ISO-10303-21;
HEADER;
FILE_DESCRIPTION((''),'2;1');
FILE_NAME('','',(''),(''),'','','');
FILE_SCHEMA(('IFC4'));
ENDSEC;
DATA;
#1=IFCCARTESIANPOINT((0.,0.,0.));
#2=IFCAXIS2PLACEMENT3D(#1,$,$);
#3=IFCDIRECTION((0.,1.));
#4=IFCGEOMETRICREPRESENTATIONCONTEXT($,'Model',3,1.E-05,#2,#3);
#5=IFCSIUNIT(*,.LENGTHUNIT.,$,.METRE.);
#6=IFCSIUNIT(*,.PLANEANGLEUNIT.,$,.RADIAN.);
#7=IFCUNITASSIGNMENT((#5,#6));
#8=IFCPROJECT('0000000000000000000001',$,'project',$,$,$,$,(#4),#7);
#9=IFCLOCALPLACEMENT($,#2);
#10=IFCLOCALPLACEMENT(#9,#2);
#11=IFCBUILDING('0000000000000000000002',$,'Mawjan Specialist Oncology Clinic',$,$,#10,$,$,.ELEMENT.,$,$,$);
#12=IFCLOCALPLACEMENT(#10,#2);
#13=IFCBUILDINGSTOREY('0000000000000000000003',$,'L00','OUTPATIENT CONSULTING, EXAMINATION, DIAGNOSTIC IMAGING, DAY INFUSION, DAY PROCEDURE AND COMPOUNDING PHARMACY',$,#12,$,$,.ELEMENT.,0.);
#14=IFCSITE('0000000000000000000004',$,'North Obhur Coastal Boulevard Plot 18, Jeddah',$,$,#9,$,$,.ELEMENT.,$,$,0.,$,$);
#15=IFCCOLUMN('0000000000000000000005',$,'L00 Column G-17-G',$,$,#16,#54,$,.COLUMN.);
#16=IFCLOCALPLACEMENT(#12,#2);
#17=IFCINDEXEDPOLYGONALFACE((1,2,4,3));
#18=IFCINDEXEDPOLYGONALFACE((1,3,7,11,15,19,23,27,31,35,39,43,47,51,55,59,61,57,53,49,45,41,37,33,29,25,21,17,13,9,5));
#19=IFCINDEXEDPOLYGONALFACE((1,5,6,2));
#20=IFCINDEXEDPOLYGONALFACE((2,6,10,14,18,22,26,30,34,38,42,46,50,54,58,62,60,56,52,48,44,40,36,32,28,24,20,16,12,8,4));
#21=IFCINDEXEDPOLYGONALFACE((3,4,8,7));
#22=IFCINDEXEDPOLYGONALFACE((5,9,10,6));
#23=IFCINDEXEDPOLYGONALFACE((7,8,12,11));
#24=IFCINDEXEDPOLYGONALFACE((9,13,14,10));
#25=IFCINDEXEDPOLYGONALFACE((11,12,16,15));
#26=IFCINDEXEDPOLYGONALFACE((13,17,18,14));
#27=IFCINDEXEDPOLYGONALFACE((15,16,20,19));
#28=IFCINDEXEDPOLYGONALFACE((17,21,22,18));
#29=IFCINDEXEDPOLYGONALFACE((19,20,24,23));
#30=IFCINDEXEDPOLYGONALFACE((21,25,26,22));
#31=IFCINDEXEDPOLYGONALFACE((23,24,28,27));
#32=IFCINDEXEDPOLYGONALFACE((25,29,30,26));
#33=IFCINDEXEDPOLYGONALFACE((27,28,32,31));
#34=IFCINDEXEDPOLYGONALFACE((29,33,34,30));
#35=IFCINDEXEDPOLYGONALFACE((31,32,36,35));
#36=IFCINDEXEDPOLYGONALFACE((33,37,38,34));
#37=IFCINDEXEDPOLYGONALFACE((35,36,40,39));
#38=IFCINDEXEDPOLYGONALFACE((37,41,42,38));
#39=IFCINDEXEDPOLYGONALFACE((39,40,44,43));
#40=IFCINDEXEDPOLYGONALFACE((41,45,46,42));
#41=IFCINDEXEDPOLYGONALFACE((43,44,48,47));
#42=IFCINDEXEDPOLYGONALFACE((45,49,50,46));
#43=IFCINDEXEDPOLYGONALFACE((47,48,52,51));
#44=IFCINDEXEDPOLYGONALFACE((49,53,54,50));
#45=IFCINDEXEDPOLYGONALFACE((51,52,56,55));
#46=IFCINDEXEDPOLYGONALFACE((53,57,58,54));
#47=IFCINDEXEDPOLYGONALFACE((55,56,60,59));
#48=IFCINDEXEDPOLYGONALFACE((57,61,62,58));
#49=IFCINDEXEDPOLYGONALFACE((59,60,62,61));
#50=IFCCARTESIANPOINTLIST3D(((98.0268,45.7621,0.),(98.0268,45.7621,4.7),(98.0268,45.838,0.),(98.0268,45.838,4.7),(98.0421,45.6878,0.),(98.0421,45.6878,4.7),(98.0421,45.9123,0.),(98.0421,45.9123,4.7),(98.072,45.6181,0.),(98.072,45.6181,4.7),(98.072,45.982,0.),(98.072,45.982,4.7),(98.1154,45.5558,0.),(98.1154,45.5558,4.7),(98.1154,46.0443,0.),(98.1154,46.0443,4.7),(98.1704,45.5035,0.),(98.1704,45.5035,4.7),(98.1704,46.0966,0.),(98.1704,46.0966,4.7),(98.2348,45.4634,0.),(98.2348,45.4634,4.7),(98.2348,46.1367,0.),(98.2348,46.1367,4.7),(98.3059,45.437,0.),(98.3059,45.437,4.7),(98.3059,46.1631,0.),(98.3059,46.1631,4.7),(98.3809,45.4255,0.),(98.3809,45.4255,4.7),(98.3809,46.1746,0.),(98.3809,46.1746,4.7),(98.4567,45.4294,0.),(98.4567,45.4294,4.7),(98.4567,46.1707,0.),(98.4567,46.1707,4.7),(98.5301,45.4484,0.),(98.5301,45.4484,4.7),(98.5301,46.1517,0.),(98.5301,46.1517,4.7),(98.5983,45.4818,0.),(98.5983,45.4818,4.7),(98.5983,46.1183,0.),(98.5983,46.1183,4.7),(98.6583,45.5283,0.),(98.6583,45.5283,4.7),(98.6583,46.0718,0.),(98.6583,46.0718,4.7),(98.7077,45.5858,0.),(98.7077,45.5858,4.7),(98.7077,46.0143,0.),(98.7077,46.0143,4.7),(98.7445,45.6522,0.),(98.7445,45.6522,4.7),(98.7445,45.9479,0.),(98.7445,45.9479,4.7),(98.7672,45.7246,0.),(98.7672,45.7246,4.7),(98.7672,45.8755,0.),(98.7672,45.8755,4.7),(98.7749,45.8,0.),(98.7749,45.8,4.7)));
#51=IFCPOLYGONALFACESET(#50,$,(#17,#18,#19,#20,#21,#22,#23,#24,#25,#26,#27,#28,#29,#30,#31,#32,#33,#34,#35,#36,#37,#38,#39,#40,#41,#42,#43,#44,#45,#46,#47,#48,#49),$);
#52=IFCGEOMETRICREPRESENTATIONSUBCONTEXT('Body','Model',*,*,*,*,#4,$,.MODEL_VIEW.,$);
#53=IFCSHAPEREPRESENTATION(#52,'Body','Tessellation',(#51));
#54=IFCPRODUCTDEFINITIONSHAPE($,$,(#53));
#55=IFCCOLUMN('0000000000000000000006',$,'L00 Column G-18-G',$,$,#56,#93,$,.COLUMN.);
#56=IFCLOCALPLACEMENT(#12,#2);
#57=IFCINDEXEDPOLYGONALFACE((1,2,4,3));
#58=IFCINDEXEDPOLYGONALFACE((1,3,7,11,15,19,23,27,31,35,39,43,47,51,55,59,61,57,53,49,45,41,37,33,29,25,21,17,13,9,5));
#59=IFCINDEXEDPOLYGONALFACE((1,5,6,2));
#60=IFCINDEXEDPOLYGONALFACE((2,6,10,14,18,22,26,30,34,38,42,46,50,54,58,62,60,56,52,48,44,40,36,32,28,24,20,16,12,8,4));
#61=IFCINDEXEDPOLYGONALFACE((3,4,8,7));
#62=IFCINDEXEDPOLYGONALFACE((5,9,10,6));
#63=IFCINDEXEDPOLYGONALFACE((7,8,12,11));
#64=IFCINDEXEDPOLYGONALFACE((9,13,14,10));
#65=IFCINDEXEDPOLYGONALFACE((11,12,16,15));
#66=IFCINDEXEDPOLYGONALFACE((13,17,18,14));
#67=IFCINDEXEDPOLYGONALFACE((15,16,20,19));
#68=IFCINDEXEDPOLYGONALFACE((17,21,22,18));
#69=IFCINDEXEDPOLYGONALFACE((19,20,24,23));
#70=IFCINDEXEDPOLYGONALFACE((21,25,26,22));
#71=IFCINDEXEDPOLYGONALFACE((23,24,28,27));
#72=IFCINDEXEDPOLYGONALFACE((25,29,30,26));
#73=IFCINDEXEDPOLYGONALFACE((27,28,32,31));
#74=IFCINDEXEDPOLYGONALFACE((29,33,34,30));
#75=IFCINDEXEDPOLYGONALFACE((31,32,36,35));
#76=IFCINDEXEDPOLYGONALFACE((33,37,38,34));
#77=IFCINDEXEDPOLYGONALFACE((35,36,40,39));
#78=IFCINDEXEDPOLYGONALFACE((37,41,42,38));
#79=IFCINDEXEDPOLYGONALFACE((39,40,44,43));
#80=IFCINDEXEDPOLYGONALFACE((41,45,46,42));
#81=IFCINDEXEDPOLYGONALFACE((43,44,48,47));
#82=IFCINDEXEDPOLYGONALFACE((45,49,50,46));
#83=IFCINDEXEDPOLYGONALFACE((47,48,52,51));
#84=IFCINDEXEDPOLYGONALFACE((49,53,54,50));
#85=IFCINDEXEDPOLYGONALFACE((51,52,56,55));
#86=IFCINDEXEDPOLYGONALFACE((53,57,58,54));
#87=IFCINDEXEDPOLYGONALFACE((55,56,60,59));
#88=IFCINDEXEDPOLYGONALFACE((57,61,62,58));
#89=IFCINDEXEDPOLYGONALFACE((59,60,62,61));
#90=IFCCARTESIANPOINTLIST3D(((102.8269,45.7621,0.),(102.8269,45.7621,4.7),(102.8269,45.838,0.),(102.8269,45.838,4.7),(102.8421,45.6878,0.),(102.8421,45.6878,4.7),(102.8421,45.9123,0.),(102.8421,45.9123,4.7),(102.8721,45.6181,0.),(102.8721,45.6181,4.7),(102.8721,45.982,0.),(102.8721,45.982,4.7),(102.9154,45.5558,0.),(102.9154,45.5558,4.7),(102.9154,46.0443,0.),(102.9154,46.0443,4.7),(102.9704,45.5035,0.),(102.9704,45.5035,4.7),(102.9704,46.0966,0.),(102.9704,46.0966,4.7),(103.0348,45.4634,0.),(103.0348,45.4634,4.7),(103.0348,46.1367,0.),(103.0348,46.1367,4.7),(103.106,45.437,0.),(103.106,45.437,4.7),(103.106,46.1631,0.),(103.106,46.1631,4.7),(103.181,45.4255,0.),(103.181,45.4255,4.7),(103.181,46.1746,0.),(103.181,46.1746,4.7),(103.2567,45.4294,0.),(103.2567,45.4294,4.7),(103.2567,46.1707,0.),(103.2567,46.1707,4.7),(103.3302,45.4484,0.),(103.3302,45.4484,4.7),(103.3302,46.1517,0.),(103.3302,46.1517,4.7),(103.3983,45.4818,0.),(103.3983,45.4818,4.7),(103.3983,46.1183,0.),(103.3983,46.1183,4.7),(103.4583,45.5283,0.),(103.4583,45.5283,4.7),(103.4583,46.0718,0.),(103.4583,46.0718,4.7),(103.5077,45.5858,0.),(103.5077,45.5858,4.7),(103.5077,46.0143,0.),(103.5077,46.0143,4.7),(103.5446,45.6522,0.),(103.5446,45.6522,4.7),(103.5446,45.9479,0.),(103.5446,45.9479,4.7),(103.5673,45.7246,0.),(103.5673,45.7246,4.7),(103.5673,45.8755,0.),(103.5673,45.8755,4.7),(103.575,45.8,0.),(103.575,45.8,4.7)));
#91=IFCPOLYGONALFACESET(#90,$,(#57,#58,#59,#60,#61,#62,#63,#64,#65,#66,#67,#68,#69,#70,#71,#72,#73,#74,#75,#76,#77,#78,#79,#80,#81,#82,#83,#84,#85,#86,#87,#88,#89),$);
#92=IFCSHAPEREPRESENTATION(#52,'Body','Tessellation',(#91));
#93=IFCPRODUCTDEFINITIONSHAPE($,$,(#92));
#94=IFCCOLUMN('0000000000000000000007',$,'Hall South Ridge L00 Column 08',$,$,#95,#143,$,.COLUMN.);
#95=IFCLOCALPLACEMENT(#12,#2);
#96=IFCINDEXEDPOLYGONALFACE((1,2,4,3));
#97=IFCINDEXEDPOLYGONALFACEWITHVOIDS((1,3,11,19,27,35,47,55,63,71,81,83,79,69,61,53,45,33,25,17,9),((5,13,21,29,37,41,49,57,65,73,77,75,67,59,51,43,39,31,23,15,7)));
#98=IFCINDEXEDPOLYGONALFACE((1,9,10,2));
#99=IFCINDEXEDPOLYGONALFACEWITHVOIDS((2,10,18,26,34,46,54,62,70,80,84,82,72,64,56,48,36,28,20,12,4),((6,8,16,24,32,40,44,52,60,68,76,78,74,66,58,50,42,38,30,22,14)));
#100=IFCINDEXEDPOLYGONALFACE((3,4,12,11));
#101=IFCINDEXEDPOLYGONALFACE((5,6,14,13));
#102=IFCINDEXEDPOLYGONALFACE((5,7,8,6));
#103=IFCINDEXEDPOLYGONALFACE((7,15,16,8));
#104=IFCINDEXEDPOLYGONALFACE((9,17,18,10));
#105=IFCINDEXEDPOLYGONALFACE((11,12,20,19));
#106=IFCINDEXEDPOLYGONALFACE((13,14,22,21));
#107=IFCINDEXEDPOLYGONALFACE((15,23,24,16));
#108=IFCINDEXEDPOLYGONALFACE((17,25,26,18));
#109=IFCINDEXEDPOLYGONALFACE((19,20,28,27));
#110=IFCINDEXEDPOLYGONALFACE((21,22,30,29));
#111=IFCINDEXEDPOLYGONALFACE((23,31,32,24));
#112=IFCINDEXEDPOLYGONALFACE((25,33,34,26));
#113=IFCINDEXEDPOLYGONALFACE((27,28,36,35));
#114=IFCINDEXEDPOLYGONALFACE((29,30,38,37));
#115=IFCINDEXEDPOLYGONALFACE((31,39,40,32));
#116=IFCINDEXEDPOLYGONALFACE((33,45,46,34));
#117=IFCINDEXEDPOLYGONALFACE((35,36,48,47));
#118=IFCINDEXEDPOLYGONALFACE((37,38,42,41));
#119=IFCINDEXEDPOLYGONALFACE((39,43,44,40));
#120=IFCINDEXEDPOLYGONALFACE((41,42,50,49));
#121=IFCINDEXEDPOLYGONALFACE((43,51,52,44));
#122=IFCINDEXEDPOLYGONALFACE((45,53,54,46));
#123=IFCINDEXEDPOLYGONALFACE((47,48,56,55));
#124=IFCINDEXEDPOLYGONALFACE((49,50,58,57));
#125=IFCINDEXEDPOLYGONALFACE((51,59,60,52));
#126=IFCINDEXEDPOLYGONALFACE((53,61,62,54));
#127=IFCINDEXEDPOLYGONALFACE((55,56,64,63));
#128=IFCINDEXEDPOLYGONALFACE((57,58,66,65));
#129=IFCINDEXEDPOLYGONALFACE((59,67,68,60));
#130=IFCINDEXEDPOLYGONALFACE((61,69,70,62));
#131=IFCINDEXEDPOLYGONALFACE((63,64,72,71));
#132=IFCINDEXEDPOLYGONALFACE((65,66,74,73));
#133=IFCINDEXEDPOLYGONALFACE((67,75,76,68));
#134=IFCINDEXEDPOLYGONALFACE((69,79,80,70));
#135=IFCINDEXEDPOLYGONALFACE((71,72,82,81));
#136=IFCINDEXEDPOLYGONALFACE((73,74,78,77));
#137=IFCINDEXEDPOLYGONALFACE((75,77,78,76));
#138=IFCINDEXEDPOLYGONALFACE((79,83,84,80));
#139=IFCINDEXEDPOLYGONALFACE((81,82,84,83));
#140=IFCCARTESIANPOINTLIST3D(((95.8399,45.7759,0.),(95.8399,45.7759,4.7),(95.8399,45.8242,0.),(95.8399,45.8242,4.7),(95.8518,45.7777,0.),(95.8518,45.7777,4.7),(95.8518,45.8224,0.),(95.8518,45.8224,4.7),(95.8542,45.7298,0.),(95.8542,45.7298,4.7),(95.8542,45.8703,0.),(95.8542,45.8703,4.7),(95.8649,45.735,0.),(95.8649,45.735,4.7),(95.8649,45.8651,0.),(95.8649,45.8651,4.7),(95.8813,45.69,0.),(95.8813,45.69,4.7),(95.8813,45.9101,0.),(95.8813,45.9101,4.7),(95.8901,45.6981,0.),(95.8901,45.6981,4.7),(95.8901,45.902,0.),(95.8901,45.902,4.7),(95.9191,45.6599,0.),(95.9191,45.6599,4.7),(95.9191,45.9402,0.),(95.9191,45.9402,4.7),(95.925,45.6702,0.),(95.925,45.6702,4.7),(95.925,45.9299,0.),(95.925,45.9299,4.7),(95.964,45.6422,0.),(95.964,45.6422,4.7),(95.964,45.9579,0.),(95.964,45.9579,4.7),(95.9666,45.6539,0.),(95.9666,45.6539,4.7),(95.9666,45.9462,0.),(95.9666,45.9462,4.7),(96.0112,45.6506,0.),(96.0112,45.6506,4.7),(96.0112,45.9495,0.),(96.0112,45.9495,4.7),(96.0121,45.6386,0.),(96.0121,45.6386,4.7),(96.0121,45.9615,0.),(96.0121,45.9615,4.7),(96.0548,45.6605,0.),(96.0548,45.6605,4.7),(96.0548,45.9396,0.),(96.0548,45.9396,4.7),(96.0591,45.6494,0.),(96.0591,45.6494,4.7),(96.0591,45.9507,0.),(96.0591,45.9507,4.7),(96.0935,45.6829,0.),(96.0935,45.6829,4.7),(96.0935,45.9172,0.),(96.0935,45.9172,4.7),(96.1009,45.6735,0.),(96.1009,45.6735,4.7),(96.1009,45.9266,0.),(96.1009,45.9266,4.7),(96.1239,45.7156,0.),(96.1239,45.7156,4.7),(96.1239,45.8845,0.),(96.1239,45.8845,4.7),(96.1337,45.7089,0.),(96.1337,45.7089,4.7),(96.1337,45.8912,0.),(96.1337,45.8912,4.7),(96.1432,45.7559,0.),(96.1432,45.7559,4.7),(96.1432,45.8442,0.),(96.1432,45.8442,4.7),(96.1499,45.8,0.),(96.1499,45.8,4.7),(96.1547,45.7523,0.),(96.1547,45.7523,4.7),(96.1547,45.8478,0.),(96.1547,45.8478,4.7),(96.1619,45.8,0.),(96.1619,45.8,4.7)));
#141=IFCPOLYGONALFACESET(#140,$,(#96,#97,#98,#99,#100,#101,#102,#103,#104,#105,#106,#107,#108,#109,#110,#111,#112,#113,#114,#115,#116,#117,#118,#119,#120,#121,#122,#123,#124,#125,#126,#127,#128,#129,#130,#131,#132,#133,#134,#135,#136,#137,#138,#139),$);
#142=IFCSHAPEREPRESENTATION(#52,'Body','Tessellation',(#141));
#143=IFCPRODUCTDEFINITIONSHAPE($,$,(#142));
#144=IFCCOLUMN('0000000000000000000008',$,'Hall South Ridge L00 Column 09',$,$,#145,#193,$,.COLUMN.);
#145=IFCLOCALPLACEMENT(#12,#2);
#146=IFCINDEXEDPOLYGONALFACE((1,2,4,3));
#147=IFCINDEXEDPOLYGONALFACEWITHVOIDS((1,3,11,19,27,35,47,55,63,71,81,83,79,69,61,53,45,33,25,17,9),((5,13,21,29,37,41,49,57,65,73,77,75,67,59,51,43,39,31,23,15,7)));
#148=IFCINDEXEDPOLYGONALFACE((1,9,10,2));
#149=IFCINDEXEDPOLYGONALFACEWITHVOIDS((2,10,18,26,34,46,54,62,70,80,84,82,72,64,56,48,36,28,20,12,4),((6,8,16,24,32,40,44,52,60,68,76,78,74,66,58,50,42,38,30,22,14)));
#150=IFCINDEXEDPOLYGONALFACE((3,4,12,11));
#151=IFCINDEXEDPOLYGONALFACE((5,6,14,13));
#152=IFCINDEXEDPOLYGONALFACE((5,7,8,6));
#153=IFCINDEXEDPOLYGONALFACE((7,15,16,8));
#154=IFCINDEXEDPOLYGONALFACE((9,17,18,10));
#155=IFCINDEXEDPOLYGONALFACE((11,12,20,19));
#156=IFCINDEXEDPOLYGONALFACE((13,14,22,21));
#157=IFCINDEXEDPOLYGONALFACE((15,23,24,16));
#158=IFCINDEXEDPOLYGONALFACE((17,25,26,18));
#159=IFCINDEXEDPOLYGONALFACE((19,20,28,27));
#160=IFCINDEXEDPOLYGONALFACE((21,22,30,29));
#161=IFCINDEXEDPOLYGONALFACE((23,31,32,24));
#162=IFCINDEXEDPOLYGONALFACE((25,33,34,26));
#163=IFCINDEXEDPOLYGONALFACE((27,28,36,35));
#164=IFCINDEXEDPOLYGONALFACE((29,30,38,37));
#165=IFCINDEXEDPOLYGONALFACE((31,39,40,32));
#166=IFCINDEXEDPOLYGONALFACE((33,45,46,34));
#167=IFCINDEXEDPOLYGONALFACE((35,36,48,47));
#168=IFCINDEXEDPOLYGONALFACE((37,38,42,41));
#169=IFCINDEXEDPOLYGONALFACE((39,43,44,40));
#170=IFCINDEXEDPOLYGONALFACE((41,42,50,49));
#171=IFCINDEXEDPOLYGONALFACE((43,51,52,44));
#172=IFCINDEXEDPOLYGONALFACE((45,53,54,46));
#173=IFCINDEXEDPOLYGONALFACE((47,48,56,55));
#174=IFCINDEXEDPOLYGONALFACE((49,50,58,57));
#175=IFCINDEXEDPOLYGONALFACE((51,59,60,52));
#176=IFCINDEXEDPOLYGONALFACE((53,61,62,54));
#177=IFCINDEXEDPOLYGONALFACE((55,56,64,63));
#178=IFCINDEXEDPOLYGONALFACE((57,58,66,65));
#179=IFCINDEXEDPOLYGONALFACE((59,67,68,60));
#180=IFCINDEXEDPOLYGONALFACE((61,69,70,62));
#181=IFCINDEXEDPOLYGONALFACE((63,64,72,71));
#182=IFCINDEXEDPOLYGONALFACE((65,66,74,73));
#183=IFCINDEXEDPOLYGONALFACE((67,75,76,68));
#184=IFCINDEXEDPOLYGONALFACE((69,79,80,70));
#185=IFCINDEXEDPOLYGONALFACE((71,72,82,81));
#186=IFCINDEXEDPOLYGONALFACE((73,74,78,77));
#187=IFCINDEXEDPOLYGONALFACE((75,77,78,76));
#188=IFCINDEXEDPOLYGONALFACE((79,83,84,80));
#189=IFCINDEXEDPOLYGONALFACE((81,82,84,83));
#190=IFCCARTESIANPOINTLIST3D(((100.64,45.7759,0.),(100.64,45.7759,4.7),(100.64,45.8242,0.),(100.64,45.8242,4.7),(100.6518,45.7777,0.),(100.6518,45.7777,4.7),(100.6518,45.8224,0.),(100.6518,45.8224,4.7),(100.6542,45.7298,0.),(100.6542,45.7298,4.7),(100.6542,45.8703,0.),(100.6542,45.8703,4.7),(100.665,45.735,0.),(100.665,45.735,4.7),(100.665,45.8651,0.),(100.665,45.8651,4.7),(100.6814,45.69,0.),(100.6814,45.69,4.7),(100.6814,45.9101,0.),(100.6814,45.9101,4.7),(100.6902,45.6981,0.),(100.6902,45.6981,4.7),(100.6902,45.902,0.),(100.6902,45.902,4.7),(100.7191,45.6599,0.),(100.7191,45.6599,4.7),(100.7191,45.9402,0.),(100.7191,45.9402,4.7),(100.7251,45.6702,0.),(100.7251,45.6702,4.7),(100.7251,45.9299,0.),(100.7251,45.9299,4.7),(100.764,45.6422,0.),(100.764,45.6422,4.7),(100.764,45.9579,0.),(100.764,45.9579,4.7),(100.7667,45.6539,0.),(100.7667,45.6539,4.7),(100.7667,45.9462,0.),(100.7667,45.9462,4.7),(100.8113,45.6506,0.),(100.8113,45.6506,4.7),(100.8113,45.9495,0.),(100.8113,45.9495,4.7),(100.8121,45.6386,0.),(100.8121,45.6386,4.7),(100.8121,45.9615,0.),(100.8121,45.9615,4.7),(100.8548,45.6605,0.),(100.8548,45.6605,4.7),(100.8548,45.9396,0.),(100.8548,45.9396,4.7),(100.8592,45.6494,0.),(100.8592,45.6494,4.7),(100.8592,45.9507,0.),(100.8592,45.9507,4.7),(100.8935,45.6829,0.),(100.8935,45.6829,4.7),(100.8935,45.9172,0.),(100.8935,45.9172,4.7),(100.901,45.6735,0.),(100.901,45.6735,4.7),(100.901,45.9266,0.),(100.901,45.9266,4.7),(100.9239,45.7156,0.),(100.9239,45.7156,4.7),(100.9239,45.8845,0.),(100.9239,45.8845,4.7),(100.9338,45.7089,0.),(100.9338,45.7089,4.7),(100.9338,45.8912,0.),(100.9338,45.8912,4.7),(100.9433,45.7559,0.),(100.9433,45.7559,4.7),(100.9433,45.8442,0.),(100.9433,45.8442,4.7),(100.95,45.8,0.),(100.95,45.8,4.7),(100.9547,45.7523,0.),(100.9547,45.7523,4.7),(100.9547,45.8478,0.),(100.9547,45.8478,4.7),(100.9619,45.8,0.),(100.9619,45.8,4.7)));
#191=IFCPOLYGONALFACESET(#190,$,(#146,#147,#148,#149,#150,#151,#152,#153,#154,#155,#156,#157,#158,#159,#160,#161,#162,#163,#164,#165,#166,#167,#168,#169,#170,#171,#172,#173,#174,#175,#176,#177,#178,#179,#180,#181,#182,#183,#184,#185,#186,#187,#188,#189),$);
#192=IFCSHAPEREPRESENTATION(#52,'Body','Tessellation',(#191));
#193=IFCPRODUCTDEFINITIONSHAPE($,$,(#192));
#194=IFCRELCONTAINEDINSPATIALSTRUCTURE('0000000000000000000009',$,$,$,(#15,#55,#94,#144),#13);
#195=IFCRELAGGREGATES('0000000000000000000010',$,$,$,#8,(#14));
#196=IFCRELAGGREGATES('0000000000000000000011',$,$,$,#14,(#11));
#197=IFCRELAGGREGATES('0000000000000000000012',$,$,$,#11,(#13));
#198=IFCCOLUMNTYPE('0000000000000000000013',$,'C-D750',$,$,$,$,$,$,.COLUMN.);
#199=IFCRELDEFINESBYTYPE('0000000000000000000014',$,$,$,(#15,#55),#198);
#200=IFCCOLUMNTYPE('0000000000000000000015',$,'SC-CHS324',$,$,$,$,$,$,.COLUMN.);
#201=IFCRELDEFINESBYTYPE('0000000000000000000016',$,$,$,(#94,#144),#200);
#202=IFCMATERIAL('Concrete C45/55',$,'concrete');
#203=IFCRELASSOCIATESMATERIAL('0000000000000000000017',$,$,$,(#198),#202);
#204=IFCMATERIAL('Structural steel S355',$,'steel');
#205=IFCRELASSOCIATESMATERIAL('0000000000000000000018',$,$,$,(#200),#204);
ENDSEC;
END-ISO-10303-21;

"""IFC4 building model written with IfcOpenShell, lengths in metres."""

from ifc_helpers import new_model, si_unit, direction, frame, origin, origin_2d, place, context, subcontext, project, spatial, circle, hollow_circle, extrude, material, material_profile, profile_set, type_object, element, save


model = new_model("IFC4")

# Units and contexts
model_context = context("Model", 3, precision=1e-05, world=origin(), true_north=direction((0.0, 1.0)))
body_context = subcontext(model_context, "Body", "Model", "MODEL_VIEW")
ifc_project = project(units=[si_unit("LENGTHUNIT", "METRE"), si_unit("PLANEANGLEUNIT", "RADIAN")], contexts=[model_context])

# Site, building, storey
site_placement = place(None, origin())
site = spatial("IfcSite", under=ifc_project, at=site_placement, Name="North Obhur Coastal Boulevard Plot 18, Jeddah", CompositionType="ELEMENT", RefElevation=0.0)
building_placement = place(site_placement, origin())
building = spatial("IfcBuilding", under=site, at=building_placement, Name="Mawjan Specialist Oncology Clinic", CompositionType="ELEMENT")
storey_placement = place(building_placement, origin())
storey = spatial("IfcBuildingStorey", under=building, at=storey_placement, Name="L00", Description="OUTPATIENT CONSULTING, EXAMINATION, DIAGNOSTIC IMAGING, DAY INFUSION, DAY PROCEDURE AND COMPOUNDING PHARMACY", CompositionType="ELEMENT", Elevation=0.0)

# Columns
ifc_material_1 = material(Name="Concrete C45/55", Category="concrete")
ifc_material_profile_1 = material_profile(ifc_material_1, circle(Radius=0.375, at=origin_2d()), Name="RC COL D750", Category="concrete")
ifc_profile_set_1 = profile_set([ifc_material_profile_1], Name="Concrete C45/55")
column_type_1 = type_object("IfcColumnType", Name="C-D750", PredefinedType="COLUMN", material=ifc_profile_set_1)
for number, where, z_axis, x_axis, name in (
    (1, (98.3999, 45.8, 0.0), (0.0, 0.0, 1.0), (1.0, 0.0, 0.0), "L00 Column G-17-G"),
    (2, (103.2, 45.8, 0.0), (0.0, 0.0, 1.0), (1.0, 0.0, 0.0), "L00 Column G-18-G"),
):
    element("IfcColumn", number, at=place(storey_placement, frame(where, z_axis=z_axis, x_axis=x_axis)), inside=storey, type_object=column_type_1, Name=name, PredefinedType="COLUMN", context=body_context, shape_type="SweptSolid", body=[
        extrude(circle(Radius=0.375, at=origin_2d()), origin(), (0.0, 0.0, 1.0), 4.7),
    ])
ifc_material_2 = material(Name="Structural steel S355", Category="steel")
ifc_material_profile_2 = material_profile(ifc_material_2, hollow_circle(Radius=0.1619, WallThickness=0.012, at=origin_2d()), Name="CHS 323.9x12", Category="steel")
ifc_profile_set_2 = profile_set([ifc_material_profile_2], Name="Structural steel S355")
column_type_2 = type_object("IfcColumnType", Name="SC-CHS324", PredefinedType="COLUMN", material=ifc_profile_set_2)
for number, where, z_axis, x_axis, name in (
    (3, (96.0, 45.8, 0.0), (0.0, 0.0, 1.0), (1.0, 0.0, 0.0), "Hall South Ridge L00 Column 08"),
    (4, (100.8, 45.8, 0.0), (0.0, 0.0, 1.0), (1.0, 0.0, 0.0), "Hall South Ridge L00 Column 09"),
):
    element("IfcColumn", number, at=place(storey_placement, frame(where, z_axis=z_axis, x_axis=x_axis)), inside=storey, type_object=column_type_2, Name=name, PredefinedType="COLUMN", context=body_context, shape_type="SweptSolid", body=[
        extrude(hollow_circle(Radius=0.1619, WallThickness=0.012, at=origin_2d()), origin(), (0.0, 0.0, 1.0), 4.7),
    ])

save(model, "model.ifc")
